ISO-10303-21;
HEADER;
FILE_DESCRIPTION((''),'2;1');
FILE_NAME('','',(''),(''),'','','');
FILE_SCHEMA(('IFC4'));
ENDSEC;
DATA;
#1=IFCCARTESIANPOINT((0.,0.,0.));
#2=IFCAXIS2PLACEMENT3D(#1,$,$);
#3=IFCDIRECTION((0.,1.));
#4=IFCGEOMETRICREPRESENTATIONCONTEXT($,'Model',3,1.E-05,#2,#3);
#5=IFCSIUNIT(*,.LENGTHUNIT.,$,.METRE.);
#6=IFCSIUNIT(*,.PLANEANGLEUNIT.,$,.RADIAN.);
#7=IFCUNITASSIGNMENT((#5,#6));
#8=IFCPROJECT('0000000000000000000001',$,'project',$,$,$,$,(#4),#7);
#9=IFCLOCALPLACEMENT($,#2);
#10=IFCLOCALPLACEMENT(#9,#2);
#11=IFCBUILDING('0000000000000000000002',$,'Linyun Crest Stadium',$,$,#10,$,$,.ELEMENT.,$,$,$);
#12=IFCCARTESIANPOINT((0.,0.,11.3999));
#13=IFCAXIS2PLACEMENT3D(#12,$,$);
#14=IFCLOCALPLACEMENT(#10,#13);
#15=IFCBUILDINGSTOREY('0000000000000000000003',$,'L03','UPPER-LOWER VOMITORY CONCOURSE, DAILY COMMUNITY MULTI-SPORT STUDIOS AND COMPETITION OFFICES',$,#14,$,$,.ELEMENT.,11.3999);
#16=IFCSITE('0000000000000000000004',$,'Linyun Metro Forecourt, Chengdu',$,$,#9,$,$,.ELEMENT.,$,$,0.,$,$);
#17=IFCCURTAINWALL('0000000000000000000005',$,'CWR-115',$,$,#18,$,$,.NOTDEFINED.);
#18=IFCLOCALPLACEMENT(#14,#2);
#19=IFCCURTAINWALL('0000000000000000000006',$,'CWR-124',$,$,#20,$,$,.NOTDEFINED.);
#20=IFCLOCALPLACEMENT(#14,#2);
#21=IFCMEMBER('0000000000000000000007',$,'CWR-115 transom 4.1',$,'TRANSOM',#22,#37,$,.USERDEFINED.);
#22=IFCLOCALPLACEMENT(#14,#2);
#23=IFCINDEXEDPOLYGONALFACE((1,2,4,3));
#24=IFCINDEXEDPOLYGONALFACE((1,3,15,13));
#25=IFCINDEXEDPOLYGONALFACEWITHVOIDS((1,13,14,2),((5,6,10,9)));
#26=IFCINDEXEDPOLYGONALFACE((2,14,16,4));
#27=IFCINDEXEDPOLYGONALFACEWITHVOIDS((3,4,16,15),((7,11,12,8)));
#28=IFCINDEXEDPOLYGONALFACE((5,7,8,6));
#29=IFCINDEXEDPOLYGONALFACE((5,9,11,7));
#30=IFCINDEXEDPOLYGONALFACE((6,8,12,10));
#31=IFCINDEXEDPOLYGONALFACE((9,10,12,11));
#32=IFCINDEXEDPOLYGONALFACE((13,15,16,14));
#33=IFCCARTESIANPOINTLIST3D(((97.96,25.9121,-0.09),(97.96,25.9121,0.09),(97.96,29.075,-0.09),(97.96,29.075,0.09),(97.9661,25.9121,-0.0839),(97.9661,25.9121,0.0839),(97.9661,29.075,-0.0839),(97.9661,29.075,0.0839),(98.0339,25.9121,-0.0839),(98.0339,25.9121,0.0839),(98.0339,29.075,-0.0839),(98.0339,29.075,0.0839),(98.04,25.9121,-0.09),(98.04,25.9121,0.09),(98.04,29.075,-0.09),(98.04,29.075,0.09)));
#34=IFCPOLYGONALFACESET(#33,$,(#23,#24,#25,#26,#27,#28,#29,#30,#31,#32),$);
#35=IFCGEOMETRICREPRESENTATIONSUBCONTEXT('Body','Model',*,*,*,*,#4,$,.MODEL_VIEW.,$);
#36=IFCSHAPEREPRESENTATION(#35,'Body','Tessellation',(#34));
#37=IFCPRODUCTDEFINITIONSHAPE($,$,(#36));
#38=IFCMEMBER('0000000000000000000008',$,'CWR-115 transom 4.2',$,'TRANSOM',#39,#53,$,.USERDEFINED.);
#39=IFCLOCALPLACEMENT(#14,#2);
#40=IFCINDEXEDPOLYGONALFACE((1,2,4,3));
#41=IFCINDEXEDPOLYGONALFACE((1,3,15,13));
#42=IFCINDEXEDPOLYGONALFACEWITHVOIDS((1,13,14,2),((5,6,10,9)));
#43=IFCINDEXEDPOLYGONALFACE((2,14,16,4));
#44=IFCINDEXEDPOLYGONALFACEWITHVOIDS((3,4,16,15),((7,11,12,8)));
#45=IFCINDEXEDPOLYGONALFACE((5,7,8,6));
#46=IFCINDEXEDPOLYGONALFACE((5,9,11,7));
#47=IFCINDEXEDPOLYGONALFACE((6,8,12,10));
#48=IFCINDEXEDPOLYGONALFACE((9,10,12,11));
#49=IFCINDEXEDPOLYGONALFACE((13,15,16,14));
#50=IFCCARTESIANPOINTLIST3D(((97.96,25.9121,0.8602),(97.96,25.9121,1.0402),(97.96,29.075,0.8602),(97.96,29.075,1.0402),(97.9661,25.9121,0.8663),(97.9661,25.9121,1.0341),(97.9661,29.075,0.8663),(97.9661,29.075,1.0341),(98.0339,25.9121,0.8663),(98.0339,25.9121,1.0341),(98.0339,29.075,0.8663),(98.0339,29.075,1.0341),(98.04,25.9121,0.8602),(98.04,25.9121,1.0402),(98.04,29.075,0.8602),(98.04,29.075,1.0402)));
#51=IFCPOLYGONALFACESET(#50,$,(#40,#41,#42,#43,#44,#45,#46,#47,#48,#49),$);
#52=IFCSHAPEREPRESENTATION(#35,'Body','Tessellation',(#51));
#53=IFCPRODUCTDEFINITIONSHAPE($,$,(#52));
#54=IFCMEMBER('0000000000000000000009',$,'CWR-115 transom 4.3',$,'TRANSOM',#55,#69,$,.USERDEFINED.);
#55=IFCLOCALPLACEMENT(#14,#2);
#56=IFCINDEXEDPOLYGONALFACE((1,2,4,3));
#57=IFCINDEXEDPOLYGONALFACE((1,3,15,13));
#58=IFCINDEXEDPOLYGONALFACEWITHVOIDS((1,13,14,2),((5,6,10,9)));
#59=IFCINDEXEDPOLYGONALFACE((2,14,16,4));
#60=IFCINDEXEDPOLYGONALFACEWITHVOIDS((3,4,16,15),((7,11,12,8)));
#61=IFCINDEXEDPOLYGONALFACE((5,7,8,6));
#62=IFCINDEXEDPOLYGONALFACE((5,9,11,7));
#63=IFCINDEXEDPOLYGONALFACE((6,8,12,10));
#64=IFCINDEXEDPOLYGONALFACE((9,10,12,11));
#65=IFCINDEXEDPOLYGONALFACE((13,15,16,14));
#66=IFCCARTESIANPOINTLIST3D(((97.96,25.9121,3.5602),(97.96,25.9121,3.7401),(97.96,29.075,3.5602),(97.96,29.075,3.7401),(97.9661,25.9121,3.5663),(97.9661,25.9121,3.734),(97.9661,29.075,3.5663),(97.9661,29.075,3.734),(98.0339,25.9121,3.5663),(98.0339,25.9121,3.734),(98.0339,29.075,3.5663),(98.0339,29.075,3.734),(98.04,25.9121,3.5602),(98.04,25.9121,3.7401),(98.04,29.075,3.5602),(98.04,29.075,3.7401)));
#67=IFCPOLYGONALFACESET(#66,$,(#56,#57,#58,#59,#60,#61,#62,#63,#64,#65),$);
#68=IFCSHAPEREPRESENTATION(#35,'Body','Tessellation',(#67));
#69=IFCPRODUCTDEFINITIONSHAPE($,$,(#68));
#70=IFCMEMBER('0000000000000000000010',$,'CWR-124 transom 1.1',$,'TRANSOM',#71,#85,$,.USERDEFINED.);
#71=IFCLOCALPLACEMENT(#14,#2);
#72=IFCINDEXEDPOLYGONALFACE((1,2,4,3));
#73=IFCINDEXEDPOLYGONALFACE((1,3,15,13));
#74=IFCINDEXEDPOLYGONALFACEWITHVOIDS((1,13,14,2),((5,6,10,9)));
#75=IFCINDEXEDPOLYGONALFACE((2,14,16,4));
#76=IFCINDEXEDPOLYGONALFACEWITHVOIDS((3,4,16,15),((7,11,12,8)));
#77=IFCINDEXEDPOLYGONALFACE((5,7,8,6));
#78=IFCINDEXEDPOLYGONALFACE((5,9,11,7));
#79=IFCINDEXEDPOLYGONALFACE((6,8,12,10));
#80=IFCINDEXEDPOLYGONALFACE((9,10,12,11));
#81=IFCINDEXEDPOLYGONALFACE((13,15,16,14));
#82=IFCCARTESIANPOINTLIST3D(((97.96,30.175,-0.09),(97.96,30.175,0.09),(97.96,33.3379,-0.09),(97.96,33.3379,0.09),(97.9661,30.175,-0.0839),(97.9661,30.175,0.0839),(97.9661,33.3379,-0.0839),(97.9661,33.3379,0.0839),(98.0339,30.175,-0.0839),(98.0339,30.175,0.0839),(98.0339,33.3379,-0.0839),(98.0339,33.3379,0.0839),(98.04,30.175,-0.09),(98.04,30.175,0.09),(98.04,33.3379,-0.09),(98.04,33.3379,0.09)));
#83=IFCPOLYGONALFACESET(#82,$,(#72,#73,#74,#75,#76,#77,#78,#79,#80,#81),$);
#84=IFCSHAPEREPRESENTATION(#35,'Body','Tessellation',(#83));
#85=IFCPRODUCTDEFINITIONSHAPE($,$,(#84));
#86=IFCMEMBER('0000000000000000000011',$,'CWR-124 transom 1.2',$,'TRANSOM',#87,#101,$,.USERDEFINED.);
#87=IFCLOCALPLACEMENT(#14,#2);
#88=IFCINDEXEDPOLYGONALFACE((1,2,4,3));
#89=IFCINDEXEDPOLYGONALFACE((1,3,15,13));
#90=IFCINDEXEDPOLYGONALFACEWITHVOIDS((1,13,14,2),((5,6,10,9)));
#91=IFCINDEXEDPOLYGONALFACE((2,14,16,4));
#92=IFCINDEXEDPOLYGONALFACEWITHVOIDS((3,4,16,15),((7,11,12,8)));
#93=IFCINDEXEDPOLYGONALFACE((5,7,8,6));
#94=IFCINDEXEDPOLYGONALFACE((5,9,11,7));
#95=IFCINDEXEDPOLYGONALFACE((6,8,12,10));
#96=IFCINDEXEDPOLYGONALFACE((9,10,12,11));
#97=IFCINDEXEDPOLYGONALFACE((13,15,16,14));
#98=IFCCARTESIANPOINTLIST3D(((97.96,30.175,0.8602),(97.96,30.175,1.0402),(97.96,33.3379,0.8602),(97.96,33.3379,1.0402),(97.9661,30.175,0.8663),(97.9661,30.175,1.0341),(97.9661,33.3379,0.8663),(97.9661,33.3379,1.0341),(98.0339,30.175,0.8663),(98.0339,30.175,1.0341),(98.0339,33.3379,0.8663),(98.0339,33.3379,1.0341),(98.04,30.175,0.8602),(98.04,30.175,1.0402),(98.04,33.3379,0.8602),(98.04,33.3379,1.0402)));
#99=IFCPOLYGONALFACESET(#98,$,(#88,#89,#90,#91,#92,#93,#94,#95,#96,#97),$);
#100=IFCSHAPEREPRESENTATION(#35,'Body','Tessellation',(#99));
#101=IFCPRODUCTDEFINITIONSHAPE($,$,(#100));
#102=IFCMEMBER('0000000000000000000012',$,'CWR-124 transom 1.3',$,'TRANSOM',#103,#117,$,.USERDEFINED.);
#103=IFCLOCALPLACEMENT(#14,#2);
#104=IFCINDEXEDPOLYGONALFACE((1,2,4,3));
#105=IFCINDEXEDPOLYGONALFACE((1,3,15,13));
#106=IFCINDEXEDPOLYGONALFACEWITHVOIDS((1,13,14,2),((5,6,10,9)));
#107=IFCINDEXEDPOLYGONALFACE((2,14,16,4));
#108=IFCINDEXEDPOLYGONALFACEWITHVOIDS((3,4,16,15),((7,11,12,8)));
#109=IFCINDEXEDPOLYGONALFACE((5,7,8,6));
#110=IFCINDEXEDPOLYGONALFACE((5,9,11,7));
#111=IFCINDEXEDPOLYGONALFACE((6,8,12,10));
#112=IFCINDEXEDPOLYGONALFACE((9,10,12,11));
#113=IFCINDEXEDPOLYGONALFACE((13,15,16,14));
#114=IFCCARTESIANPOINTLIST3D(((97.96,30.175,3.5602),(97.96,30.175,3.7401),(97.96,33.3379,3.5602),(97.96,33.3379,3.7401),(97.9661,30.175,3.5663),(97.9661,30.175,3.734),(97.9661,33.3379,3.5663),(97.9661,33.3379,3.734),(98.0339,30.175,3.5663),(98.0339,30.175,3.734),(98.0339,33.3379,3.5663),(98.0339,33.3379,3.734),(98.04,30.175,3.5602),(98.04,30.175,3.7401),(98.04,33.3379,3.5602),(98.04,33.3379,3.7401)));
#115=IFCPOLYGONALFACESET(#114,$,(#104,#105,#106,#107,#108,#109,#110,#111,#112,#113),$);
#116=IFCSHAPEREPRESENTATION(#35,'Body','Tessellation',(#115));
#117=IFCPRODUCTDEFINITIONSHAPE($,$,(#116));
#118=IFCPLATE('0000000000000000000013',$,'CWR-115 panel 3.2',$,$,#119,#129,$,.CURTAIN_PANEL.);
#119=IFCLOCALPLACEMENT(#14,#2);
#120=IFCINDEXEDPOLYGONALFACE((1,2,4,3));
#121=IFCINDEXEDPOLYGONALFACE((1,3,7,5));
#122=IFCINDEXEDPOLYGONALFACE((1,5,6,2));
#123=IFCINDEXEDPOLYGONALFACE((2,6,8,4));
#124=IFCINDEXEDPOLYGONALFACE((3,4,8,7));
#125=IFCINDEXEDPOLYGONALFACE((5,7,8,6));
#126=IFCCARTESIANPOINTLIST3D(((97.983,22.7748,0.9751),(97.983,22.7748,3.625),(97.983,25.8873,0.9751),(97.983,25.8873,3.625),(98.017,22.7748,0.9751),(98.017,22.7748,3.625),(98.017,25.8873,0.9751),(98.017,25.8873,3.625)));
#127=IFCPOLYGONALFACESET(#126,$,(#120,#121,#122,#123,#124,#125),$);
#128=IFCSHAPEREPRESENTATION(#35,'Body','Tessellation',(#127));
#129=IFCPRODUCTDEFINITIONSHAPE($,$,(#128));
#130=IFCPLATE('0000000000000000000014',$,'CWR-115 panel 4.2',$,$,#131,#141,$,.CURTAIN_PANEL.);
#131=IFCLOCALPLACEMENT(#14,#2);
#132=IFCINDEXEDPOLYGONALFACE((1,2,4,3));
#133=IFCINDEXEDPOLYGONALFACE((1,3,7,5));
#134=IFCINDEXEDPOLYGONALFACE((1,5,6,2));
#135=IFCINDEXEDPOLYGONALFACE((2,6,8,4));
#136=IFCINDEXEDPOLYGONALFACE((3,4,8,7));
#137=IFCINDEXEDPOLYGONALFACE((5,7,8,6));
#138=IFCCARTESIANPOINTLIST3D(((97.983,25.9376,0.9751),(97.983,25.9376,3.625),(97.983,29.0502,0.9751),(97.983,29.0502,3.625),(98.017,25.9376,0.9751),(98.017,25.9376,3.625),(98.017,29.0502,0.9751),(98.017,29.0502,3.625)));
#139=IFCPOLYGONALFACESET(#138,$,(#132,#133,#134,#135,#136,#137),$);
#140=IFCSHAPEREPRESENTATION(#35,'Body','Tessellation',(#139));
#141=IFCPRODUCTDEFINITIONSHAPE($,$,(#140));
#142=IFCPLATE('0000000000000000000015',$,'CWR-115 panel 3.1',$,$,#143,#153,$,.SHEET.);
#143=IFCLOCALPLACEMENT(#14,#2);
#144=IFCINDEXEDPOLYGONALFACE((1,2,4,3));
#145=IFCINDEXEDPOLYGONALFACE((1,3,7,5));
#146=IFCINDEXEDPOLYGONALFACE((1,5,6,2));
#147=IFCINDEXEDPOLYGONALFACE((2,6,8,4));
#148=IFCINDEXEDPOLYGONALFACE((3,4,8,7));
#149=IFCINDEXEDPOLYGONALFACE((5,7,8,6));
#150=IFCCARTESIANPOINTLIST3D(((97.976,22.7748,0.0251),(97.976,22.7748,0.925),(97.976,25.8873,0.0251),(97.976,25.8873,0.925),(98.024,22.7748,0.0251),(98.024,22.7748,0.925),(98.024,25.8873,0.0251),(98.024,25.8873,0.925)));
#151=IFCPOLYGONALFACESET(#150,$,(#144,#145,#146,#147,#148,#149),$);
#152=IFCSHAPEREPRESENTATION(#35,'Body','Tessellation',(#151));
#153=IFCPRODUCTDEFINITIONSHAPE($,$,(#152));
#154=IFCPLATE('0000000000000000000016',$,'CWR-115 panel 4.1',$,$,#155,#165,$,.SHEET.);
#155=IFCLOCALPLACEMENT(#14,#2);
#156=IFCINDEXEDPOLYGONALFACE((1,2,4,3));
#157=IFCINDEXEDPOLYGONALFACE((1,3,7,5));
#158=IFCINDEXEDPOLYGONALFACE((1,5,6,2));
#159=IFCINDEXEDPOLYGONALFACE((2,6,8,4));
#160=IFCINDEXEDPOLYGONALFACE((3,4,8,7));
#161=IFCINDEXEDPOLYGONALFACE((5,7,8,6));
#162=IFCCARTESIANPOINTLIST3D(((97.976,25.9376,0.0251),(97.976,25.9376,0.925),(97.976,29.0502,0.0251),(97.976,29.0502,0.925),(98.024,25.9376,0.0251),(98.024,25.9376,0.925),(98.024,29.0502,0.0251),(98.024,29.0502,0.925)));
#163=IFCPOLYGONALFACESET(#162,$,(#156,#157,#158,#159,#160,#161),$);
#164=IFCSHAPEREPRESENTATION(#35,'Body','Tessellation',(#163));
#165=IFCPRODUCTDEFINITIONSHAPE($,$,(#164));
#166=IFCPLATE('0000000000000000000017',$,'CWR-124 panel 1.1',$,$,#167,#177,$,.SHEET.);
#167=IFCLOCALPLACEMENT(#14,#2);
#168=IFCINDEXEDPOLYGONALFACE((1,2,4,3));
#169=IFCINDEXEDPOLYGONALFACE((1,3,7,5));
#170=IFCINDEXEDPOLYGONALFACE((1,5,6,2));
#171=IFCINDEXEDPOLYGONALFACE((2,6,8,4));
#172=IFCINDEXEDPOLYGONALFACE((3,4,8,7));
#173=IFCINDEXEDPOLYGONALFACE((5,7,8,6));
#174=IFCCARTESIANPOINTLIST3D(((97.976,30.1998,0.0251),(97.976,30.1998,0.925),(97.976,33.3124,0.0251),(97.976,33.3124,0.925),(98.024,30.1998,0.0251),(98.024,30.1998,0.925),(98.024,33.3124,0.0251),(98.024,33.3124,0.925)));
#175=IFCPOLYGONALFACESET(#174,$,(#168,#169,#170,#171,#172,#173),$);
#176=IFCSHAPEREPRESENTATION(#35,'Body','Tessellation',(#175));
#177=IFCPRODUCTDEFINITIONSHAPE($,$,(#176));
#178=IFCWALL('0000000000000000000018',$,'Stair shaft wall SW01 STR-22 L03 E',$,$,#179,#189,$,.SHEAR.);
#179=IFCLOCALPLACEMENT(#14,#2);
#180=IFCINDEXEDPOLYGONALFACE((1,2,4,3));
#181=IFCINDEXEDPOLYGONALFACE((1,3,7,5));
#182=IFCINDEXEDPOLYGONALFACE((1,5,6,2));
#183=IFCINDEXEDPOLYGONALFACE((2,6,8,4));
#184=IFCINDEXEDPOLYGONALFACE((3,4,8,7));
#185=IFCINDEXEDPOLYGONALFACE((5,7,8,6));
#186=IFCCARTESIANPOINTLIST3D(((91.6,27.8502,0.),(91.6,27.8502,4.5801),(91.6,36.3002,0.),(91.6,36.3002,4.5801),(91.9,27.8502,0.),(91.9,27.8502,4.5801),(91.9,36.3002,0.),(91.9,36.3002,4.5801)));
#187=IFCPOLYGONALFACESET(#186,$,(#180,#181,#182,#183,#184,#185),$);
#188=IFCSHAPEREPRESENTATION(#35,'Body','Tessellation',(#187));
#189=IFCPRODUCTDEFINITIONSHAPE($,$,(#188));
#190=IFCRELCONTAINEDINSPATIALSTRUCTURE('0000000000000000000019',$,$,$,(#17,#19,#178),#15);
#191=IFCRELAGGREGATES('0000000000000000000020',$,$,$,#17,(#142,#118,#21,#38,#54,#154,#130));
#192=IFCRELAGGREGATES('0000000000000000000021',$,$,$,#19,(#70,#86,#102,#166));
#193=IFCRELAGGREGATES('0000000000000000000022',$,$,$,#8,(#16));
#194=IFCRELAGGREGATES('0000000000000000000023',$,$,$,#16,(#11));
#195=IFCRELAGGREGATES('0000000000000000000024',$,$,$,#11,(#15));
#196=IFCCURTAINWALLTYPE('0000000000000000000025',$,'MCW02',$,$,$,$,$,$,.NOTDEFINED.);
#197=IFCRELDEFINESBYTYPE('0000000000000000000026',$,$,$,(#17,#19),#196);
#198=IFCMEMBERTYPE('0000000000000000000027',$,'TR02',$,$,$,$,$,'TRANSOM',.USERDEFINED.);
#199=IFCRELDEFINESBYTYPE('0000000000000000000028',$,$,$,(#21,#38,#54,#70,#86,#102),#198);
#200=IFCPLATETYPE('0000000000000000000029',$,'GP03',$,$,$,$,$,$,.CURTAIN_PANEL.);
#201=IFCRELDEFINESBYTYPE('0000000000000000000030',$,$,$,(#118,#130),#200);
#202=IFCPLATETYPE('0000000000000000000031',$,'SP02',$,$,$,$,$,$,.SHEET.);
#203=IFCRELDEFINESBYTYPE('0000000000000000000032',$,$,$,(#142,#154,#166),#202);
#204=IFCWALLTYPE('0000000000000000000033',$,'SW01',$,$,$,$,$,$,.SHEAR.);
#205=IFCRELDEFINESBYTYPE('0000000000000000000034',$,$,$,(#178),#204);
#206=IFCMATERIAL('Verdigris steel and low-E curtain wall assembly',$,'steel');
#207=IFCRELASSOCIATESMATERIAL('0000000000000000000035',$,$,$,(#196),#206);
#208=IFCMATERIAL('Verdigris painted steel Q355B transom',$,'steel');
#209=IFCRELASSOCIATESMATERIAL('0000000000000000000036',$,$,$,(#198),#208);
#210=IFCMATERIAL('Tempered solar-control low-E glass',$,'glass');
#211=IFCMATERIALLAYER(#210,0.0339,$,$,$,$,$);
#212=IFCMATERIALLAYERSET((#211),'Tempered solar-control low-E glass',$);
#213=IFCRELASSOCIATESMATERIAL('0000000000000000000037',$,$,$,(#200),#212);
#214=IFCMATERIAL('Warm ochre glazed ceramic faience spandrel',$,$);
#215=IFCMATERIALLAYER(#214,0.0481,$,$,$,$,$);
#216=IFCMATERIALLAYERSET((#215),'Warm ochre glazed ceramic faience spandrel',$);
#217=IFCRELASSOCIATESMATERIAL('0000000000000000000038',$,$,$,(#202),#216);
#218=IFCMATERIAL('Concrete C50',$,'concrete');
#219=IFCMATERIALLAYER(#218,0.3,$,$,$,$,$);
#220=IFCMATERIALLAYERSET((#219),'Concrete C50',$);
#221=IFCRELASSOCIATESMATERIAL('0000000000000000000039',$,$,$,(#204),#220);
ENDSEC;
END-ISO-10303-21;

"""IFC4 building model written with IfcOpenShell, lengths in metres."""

from ifc_helpers import new_model, si_unit, direction, frame, frame_2d, origin, origin_2d, place, context, subcontext, project, spatial, rectangle, hollow_rectangle, extrude, material, layer, layer_set, material_profile, profile_set, type_object, element, aggregate, save


model = new_model("IFC4")

# Units and contexts
model_context = context("Model", 3, precision=1e-05, world=origin(), true_north=direction((0.0, 1.0)))
body_context = subcontext(model_context, "Body", "Model", "MODEL_VIEW")
ifc_project = project(units=[si_unit("LENGTHUNIT", "METRE"), si_unit("PLANEANGLEUNIT", "RADIAN")], contexts=[model_context])

# Site, building, storey
site_placement = place(None, origin())
site = spatial("IfcSite", under=ifc_project, at=site_placement, Name="Linyun Metro Forecourt, Chengdu", CompositionType="ELEMENT", RefElevation=0.0)
building_placement = place(site_placement, origin())
building = spatial("IfcBuilding", under=site, at=building_placement, Name="Linyun Crest Stadium", CompositionType="ELEMENT")
storey_placement = place(building_placement, frame((0.0, 0.0, 11.3999)))
storey = spatial("IfcBuildingStorey", under=building, at=storey_placement, Name="L03", Description="UPPER-LOWER VOMITORY CONCOURSE, DAILY COMMUNITY MULTI-SPORT STUDIOS AND COMPETITION OFFICES", CompositionType="ELEMENT", Elevation=11.3999)

# Curtain wall
ifc_material_1 = material(Name="Verdigris steel and low-E curtain wall assembly", Category="steel")
curtain_wall_type = type_object("IfcCurtainWallType", Name="MCW02", PredefinedType="NOTDEFINED", material=ifc_material_1)
curtain_wall_1_placement = place(storey_placement, origin())
curtain_wall_1 = element("IfcCurtainWall", 1, at=curtain_wall_1_placement, inside=storey, type_object=curtain_wall_type, Name="CWR-115", PredefinedType="NOTDEFINED")

# Curtain wall
curtain_wall_2_placement = place(storey_placement, origin())
curtain_wall_2 = element("IfcCurtainWall", 2, at=curtain_wall_2_placement, inside=storey, type_object=curtain_wall_type, Name="CWR-124", PredefinedType="NOTDEFINED")

# Members
ifc_material_2 = material(Name="Verdigris painted steel Q355B transom", Category="steel")
ifc_material_profile_1 = material_profile(ifc_material_2, hollow_rectangle(XDim=0.0801, YDim=0.1799, WallThickness=0.0061, at=origin_2d()), Name="RHS 180x80x6")
ifc_profile_set_1 = profile_set([ifc_material_profile_1], Name="Verdigris painted steel Q355B transom")
member_type_1 = type_object("IfcMemberType", Name="TR02", ElementType="TRANSOM", PredefinedType="USERDEFINED", material=ifc_profile_set_1)
member_1_placement = place(storey_placement, frame((98.0, 25.9121, 0.0), z_axis=(0.0, 1.0, 0.0), x_axis=(-1.0, 0.0, 0.0)))
member_1 = element("IfcMember", 3, at=member_1_placement, type_object=member_type_1, Name="CWR-115 transom 4.1", ObjectType="TRANSOM", PredefinedType="USERDEFINED", context=body_context, shape_type="SweptSolid", body=[
    extrude(hollow_rectangle(XDim=0.0801, YDim=0.1799, WallThickness=0.0061, at=origin_2d()), origin(), (0.0, 0.0, 1.0), 3.1628),
])
member_2_placement = place(storey_placement, frame((98.0, 25.9121, 0.9502), z_axis=(0.0, 1.0, 0.0), x_axis=(-1.0, 0.0, 0.0)))
member_2 = element("IfcMember", 4, at=member_2_placement, type_object=member_type_1, Name="CWR-115 transom 4.2", ObjectType="TRANSOM", PredefinedType="USERDEFINED", context=body_context, shape_type="SweptSolid", body=[
    extrude(hollow_rectangle(XDim=0.0801, YDim=0.1799, WallThickness=0.0061, at=origin_2d()), origin(), (0.0, 0.0, 1.0), 3.1628),
])
member_3_placement = place(storey_placement, frame((98.0, 25.9121, 3.6501), z_axis=(0.0, 1.0, 0.0), x_axis=(-1.0, 0.0, 0.0)))
member_3 = element("IfcMember", 5, at=member_3_placement, type_object=member_type_1, Name="CWR-115 transom 4.3", ObjectType="TRANSOM", PredefinedType="USERDEFINED", context=body_context, shape_type="SweptSolid", body=[
    extrude(hollow_rectangle(XDim=0.0801, YDim=0.1799, WallThickness=0.0061, at=origin_2d()), origin(), (0.0, 0.0, 1.0), 3.1628),
])
member_4_placement = place(storey_placement, frame((98.0, 30.175, 0.0), z_axis=(0.0, 1.0, 0.0), x_axis=(-1.0, 0.0, 0.0)))
member_4 = element("IfcMember", 6, at=member_4_placement, type_object=member_type_1, Name="CWR-124 transom 1.1", ObjectType="TRANSOM", PredefinedType="USERDEFINED", context=body_context, shape_type="SweptSolid", body=[
    extrude(hollow_rectangle(XDim=0.0801, YDim=0.1799, WallThickness=0.0061, at=origin_2d()), origin(), (0.0, 0.0, 1.0), 3.1628),
])
member_5_placement = place(storey_placement, frame((98.0, 30.175, 0.9502), z_axis=(0.0, 1.0, 0.0), x_axis=(-1.0, 0.0, 0.0)))
member_5 = element("IfcMember", 7, at=member_5_placement, type_object=member_type_1, Name="CWR-124 transom 1.2", ObjectType="TRANSOM", PredefinedType="USERDEFINED", context=body_context, shape_type="SweptSolid", body=[
    extrude(hollow_rectangle(XDim=0.0801, YDim=0.1799, WallThickness=0.0061, at=origin_2d()), origin(), (0.0, 0.0, 1.0), 3.1628),
])
member_6_placement = place(storey_placement, frame((98.0, 30.175, 3.6501), z_axis=(0.0, 1.0, 0.0), x_axis=(-1.0, 0.0, 0.0)))
member_6 = element("IfcMember", 8, at=member_6_placement, type_object=member_type_1, Name="CWR-124 transom 1.3", ObjectType="TRANSOM", PredefinedType="USERDEFINED", context=body_context, shape_type="SweptSolid", body=[
    extrude(hollow_rectangle(XDim=0.0801, YDim=0.1799, WallThickness=0.0061, at=origin_2d()), origin(), (0.0, 0.0, 1.0), 3.1628),
])

# Plates
ifc_material_3 = material(Name="Tempered solar-control low-E glass", Category="glass")
ifc_layer_1 = layer(ifc_material_3, 0.0339)
ifc_layer_set_1 = layer_set([ifc_layer_1], Name="Tempered solar-control low-E glass")
plate_type_1 = type_object("IfcPlateType", Name="GP03", PredefinedType="CURTAIN_PANEL", material=ifc_layer_set_1)
plate_1_placement = place(storey_placement, frame((98.0, 24.3311, 0.9751), z_axis=(0.0, 0.0, 1.0), x_axis=(0.0, 1.0, 0.0)))
plate_1 = element("IfcPlate", 9, at=plate_1_placement, type_object=plate_type_1, Name="CWR-115 panel 3.2", PredefinedType="CURTAIN_PANEL", context=body_context, shape_type="SweptSolid", body=[
    extrude(rectangle(XDim=3.1125, YDim=0.0339, at=origin_2d()), origin(), (0.0, 0.0, 1.0), 2.6499),
])
plate_2_placement = place(storey_placement, frame((98.0, 27.4939, 0.9751), z_axis=(0.0, 0.0, 1.0), x_axis=(0.0, 1.0, 0.0)))
plate_2 = element("IfcPlate", 10, at=plate_2_placement, type_object=plate_type_1, Name="CWR-115 panel 4.2", PredefinedType="CURTAIN_PANEL", context=body_context, shape_type="SweptSolid", body=[
    extrude(rectangle(XDim=3.1125, YDim=0.0339, at=origin_2d()), origin(), (0.0, 0.0, 1.0), 2.6499),
])
ifc_material_4 = material(Name="Warm ochre glazed ceramic faience spandrel")
ifc_layer_2 = layer(ifc_material_4, 0.0481)
ifc_layer_set_2 = layer_set([ifc_layer_2], Name="Warm ochre glazed ceramic faience spandrel")
plate_type_2 = type_object("IfcPlateType", Name="SP02", PredefinedType="SHEET", material=ifc_layer_set_2)
plate_3_placement = place(storey_placement, frame((98.0, 24.3311, 0.0251), z_axis=(0.0, 0.0, 1.0), x_axis=(0.0, 1.0, 0.0)))
plate_3 = element("IfcPlate", 11, at=plate_3_placement, type_object=plate_type_2, Name="CWR-115 panel 3.1", PredefinedType="SHEET", context=body_context, shape_type="SweptSolid", body=[
    extrude(rectangle(XDim=3.1125, YDim=0.0481, at=origin_2d()), origin(), (0.0, 0.0, 1.0), 0.8999),
])
plate_4_placement = place(storey_placement, frame((98.0, 27.4939, 0.0251), z_axis=(0.0, 0.0, 1.0), x_axis=(0.0, 1.0, 0.0)))
plate_4 = element("IfcPlate", 12, at=plate_4_placement, type_object=plate_type_2, Name="CWR-115 panel 4.1", PredefinedType="SHEET", context=body_context, shape_type="SweptSolid", body=[
    extrude(rectangle(XDim=3.1125, YDim=0.0481, at=origin_2d()), origin(), (0.0, 0.0, 1.0), 0.8999),
])
aggregate(curtain_wall_1, [plate_3, plate_1, member_1, member_2, member_3, plate_4, plate_2])
plate_5_placement = place(storey_placement, frame((98.0, 31.7561, 0.0251), z_axis=(0.0, 0.0, 1.0), x_axis=(0.0, 1.0, 0.0)))
plate_5 = element("IfcPlate", 13, at=plate_5_placement, type_object=plate_type_2, Name="CWR-124 panel 1.1", PredefinedType="SHEET", context=body_context, shape_type="SweptSolid", body=[
    extrude(rectangle(XDim=3.1125, YDim=0.0481, at=origin_2d()), origin(), (0.0, 0.0, 1.0), 0.8999),
])
aggregate(curtain_wall_2, [member_4, member_5, member_6, plate_5])

# Wall
ifc_material_5 = material(Name="Concrete C50", Category="concrete")
ifc_layer_3 = layer(ifc_material_5, 0.3)
ifc_layer_set_3 = layer_set([ifc_layer_3], Name="Concrete C50")
wall_type = type_object("IfcWallType", Name="SW01", PredefinedType="SHEAR", material=ifc_layer_set_3)
wall_placement = place(storey_placement, frame((91.75, 27.8501, 0.0), z_axis=(0.0, 0.0, 1.0), x_axis=(0.0, 1.0, 0.0)))
element("IfcWall", 14, at=wall_placement, inside=storey, type_object=wall_type, Name="Stair shaft wall SW01 STR-22 L03 E", PredefinedType="SHEAR", context=body_context, shape_type="SweptSolid", body=[
    extrude(rectangle(XDim=8.45, YDim=0.3, at=frame_2d((4.2251, 0.0))), origin(), (0.0, 0.0, 1.0), 4.5801),
])

save(model, "model.ifc")
